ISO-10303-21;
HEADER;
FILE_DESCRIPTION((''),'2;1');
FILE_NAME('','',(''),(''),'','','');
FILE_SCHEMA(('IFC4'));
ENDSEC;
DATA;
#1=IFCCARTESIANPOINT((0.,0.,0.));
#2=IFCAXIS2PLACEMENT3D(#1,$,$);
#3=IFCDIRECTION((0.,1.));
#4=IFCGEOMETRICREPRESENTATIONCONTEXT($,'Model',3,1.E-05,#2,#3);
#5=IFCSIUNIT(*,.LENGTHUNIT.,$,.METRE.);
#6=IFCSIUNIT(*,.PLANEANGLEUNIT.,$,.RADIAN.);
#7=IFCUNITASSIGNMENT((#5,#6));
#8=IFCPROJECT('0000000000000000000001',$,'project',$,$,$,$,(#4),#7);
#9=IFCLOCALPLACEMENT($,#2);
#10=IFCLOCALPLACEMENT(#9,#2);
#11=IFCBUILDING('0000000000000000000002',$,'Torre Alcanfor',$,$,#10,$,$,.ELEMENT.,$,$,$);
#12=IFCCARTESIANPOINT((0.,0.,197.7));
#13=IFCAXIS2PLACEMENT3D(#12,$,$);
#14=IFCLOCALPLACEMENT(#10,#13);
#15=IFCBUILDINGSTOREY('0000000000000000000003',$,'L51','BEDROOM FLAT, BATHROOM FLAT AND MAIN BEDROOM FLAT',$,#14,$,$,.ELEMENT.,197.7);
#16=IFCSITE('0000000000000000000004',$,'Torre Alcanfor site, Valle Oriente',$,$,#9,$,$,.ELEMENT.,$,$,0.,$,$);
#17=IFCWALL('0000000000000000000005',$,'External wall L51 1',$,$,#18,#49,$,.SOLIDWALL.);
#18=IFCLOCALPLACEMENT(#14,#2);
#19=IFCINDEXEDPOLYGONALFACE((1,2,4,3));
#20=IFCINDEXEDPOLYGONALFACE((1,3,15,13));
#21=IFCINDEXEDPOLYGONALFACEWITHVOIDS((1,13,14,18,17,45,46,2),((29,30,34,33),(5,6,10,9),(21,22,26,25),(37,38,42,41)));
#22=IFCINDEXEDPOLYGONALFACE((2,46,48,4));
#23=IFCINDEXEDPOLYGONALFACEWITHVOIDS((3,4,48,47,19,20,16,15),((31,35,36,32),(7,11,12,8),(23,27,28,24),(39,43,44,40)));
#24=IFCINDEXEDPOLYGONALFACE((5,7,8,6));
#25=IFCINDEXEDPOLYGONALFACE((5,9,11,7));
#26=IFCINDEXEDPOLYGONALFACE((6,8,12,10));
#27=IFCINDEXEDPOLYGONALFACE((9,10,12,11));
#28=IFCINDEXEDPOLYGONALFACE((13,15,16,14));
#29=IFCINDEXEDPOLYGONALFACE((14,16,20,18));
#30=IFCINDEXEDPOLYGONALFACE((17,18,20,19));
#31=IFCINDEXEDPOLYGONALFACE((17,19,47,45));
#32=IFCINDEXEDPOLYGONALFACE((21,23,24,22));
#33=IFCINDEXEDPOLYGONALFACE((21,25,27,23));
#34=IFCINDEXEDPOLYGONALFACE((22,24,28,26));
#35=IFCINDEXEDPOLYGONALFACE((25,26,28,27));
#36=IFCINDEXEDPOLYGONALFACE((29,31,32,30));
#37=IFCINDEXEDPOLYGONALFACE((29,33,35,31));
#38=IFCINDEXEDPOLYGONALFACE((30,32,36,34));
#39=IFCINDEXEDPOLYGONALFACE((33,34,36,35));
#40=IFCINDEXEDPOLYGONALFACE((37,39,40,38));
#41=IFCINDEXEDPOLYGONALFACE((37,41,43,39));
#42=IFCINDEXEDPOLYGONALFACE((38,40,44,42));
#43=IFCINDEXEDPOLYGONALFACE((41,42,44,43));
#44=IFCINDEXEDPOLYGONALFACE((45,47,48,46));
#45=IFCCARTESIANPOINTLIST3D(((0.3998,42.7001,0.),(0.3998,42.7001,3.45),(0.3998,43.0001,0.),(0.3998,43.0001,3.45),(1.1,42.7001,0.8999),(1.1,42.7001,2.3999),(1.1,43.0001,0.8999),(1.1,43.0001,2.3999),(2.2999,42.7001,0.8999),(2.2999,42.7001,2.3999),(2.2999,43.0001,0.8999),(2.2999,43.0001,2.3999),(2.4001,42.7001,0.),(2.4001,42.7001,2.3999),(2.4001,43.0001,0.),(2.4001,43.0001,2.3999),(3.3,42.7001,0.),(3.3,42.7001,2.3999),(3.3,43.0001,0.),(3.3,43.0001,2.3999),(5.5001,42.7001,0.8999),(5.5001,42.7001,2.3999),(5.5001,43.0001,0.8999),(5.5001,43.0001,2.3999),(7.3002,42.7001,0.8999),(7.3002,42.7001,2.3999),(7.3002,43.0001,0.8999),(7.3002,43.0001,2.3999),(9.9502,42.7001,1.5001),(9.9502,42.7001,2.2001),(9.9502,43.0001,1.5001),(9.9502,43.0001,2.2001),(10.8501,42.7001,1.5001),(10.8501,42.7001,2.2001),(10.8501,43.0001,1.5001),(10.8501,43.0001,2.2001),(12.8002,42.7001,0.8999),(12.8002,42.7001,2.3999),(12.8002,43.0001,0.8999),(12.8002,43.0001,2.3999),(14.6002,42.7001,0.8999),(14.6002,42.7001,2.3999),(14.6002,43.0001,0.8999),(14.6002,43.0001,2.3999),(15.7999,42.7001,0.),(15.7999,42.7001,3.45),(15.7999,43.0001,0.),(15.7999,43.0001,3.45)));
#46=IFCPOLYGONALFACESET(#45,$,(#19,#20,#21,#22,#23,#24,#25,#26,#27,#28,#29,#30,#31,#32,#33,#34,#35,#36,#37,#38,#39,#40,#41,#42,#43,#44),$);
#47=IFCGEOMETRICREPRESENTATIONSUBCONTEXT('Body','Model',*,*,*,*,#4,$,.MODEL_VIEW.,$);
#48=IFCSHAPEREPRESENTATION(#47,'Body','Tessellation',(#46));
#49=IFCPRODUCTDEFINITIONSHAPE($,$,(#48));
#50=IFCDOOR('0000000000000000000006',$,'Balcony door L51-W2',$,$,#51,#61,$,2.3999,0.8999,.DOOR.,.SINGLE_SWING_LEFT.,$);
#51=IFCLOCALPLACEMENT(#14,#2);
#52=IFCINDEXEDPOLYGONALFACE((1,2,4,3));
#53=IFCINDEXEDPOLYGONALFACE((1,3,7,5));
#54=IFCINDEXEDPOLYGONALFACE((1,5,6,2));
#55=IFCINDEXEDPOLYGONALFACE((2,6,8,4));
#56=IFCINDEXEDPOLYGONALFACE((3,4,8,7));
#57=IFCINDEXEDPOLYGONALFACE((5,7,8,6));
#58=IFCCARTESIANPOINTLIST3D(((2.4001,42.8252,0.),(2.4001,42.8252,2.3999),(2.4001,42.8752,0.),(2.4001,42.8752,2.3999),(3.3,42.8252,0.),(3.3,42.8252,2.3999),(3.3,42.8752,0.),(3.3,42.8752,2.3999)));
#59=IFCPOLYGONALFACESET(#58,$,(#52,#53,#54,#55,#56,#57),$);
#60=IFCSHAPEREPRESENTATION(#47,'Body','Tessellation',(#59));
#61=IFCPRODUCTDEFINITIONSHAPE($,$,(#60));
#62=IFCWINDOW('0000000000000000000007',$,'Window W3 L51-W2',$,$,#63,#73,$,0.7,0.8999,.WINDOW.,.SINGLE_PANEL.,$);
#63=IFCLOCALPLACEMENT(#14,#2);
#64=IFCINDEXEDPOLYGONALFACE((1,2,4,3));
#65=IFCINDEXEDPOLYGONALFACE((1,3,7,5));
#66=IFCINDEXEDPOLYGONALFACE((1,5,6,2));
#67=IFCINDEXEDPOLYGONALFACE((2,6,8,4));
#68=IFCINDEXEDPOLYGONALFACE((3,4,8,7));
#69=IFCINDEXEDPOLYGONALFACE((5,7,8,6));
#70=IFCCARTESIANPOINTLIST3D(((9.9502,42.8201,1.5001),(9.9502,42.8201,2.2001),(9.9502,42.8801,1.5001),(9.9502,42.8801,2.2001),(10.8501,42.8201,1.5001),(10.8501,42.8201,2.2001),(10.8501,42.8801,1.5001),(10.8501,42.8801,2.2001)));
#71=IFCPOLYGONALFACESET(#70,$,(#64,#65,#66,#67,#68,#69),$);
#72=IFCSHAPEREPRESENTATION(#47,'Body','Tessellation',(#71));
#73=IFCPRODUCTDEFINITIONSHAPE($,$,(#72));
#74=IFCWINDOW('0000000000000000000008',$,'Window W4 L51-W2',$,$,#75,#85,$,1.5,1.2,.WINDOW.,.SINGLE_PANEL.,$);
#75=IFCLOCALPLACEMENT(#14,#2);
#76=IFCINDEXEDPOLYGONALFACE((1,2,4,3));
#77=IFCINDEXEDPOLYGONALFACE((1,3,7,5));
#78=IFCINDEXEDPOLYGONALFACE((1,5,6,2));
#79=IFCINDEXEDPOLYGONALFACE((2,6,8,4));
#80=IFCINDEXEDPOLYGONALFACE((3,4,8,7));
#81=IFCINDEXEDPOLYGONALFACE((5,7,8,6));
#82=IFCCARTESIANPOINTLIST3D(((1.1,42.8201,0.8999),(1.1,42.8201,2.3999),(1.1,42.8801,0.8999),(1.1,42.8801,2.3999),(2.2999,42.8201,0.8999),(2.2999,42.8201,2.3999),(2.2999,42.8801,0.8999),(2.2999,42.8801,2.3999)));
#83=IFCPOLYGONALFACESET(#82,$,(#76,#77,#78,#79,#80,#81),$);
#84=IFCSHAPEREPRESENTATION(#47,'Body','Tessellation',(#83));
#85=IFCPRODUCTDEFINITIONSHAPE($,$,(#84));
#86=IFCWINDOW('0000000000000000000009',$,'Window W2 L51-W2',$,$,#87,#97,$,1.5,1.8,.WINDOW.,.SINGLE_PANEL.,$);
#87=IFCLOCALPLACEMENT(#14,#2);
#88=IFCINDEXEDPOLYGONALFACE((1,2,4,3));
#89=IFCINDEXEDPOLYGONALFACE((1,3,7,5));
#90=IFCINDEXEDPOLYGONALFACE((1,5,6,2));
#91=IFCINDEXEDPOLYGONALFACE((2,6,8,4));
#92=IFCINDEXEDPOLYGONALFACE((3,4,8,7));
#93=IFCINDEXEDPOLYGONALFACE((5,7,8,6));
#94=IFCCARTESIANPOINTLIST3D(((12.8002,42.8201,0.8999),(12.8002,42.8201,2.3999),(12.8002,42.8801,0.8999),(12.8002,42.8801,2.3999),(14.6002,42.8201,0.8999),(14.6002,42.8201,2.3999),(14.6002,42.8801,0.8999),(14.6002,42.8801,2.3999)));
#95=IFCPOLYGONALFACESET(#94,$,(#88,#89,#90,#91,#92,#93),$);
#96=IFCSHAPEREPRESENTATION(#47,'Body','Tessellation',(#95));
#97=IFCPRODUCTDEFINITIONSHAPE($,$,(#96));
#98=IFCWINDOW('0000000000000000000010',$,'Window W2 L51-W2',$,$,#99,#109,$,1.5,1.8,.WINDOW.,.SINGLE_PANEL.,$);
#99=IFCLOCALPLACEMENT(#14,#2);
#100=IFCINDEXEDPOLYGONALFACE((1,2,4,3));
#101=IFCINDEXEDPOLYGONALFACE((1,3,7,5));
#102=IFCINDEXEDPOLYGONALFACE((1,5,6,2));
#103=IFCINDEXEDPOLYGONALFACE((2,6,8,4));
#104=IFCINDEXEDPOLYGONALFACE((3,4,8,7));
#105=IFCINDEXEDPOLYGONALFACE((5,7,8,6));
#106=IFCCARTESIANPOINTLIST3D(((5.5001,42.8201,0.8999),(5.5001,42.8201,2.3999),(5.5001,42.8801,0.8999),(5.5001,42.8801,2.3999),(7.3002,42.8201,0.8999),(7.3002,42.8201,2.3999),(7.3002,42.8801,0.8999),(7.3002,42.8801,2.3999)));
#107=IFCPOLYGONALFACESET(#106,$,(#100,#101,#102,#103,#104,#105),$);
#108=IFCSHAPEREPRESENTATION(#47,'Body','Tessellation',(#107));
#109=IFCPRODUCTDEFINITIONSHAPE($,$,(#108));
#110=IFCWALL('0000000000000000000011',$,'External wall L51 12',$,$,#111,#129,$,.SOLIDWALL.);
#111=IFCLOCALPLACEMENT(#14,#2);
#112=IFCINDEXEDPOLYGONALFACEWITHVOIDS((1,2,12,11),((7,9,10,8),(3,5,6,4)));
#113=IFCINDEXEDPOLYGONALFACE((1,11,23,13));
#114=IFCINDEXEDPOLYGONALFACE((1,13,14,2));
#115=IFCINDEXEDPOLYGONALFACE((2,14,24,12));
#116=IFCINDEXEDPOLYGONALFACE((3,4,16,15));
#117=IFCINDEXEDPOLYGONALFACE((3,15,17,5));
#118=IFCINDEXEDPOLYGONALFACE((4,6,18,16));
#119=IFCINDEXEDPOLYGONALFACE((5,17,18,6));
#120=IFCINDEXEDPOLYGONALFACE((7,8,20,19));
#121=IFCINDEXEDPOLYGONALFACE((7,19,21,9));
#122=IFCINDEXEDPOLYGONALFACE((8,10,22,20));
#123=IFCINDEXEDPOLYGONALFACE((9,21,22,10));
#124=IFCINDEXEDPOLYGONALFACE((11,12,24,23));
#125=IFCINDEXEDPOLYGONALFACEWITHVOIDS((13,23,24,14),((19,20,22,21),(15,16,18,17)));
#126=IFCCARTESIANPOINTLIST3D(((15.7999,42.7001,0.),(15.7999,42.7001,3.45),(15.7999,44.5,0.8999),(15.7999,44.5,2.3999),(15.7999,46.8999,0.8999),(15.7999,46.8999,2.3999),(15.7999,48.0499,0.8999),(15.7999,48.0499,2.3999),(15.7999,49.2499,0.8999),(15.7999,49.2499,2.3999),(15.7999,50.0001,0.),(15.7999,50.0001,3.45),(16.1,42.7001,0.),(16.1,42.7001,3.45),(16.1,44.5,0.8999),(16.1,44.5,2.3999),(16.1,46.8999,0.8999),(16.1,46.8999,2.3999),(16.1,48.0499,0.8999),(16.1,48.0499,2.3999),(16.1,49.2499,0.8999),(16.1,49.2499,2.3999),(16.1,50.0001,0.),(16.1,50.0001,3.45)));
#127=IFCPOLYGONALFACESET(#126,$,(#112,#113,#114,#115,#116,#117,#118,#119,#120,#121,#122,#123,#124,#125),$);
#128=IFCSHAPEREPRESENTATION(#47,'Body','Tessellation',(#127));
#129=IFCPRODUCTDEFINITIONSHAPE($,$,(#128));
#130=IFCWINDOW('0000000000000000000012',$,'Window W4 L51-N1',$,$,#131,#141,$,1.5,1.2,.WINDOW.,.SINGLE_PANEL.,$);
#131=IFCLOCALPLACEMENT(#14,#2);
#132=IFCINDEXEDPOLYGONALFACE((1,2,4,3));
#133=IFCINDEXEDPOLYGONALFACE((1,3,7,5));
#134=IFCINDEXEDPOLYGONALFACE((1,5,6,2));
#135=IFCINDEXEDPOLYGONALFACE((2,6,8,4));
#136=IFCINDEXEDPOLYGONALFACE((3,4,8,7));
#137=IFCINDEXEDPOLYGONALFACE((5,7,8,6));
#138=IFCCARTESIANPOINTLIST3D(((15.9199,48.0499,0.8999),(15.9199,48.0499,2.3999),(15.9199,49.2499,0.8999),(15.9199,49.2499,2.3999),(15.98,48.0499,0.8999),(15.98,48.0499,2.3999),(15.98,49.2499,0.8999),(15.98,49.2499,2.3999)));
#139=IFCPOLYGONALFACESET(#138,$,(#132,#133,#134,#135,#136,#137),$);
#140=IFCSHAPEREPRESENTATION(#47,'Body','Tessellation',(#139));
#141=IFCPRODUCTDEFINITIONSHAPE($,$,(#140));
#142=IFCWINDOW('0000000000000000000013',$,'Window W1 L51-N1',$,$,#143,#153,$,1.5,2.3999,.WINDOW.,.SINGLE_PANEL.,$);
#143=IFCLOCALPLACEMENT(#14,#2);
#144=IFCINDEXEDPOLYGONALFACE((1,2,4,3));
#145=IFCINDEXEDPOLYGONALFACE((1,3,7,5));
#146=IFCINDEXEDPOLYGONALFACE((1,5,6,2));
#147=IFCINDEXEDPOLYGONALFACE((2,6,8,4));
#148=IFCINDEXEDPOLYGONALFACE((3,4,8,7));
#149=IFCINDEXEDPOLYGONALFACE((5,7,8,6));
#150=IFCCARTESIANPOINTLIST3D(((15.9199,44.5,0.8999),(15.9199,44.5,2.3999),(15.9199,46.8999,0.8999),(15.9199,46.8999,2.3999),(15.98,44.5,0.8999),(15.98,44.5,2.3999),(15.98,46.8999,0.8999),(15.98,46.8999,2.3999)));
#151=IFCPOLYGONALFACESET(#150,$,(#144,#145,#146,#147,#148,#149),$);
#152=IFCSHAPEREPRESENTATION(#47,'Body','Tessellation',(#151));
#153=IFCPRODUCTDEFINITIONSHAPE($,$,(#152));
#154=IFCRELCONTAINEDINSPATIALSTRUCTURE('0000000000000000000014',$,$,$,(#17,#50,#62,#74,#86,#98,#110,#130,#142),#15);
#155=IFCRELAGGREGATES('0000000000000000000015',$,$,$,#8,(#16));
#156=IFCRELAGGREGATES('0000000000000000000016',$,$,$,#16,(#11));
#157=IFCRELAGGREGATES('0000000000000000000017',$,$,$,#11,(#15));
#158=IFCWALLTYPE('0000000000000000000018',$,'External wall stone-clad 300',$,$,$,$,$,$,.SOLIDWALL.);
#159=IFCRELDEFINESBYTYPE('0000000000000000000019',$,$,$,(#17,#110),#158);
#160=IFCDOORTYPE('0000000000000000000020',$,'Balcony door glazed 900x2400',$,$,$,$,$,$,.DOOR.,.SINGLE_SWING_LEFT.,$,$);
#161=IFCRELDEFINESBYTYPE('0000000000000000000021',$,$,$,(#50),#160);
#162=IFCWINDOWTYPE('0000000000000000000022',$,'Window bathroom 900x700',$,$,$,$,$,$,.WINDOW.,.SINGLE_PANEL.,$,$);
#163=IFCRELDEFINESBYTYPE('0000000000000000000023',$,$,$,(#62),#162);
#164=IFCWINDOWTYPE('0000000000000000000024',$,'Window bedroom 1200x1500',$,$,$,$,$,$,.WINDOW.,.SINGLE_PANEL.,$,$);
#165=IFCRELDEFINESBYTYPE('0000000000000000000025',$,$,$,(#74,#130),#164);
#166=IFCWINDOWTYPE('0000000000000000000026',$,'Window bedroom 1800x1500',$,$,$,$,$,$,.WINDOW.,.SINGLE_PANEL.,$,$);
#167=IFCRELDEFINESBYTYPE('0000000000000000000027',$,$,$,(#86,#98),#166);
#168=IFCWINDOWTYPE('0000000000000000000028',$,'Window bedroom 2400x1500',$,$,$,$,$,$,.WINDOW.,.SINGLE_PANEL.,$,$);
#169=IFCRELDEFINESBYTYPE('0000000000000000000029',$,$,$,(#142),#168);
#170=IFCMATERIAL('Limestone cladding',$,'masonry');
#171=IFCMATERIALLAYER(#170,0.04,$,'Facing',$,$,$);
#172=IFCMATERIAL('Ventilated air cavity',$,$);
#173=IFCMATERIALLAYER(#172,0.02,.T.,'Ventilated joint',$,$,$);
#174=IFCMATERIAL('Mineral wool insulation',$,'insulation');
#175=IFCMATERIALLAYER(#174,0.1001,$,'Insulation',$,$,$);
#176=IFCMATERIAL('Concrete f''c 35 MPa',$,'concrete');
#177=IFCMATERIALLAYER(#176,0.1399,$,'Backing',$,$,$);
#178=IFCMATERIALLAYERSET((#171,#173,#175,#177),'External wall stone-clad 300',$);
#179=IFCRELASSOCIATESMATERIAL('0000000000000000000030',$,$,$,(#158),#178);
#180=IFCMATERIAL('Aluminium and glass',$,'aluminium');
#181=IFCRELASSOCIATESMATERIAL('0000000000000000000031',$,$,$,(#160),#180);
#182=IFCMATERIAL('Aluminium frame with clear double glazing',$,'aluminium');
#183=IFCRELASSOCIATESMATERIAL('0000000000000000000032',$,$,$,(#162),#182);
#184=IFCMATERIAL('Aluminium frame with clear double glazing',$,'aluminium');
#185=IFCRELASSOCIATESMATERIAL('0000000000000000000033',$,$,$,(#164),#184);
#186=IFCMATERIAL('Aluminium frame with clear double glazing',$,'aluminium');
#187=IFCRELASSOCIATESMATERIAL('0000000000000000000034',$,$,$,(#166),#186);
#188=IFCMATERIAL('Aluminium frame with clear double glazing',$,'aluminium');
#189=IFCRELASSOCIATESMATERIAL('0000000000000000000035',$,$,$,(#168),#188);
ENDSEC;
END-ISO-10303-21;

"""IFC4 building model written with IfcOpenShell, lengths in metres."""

from ifc_helpers import new_model, si_unit, direction, frame, frame_2d, origin, place, context, subcontext, project, spatial, rectangle, extrude, material, layer, layer_set, type_object, element, fill, save


model = new_model("IFC4")

# Units and contexts
model_context = context("Model", 3, precision=1e-05, world=origin(), true_north=direction((0.0, 1.0)))
body_context = subcontext(model_context, "Body", "Model", "MODEL_VIEW")
ifc_project = project(units=[si_unit("LENGTHUNIT", "METRE"), si_unit("PLANEANGLEUNIT", "RADIAN")], contexts=[model_context])

# Site, building, storey
site_placement = place(None, origin())
site = spatial("IfcSite", under=ifc_project, at=site_placement, Name="Torre Alcanfor site, Valle Oriente", CompositionType="ELEMENT", RefElevation=0.0)
building_placement = place(site_placement, origin())
building = spatial("IfcBuilding", under=site, at=building_placement, Name="Torre Alcanfor", CompositionType="ELEMENT")
storey_placement = place(building_placement, frame((0.0, 0.0, 197.7)))
storey = spatial("IfcBuildingStorey", under=building, at=storey_placement, Name="L51", Description="BEDROOM FLAT, BATHROOM FLAT AND MAIN BEDROOM FLAT", CompositionType="ELEMENT", Elevation=197.7)

# Wall, openings, door, windows
ifc_material_1 = material(Name="Limestone cladding", Category="masonry")
ifc_layer_1 = layer(ifc_material_1, 0.04, Name="Facing")
ifc_material_2 = material(Name="Ventilated air cavity")
ifc_layer_2 = layer(ifc_material_2, 0.02, ventilated=True, Name="Ventilated joint")
ifc_material_3 = material(Name="Mineral wool insulation", Category="insulation")
ifc_layer_3 = layer(ifc_material_3, 0.1001, Name="Insulation")
ifc_material_4 = material(Name="Concrete f'c 35 MPa", Category="concrete")
ifc_layer_4 = layer(ifc_material_4, 0.1399, Name="Backing")
ifc_layer_set_1 = layer_set([ifc_layer_1, ifc_layer_2, ifc_layer_3, ifc_layer_4], Name="External wall stone-clad 300")
wall_type_1 = type_object("IfcWallType", Name="External wall stone-clad 300", PredefinedType="SOLIDWALL", material=ifc_layer_set_1)
wall_1_placement = place(storey_placement, frame((15.8, 42.8501, 0.0), z_axis=(0.0, 0.0, 1.0), x_axis=(-1.0, 0.0, 0.0)))
wall_1 = element("IfcWall", 1, at=wall_1_placement, inside=storey, type_object=wall_type_1, Name="External wall L51 1", PredefinedType="SOLIDWALL", context=body_context, shape_type="SweptSolid", body=[
    extrude(rectangle(XDim=15.4001, YDim=0.3, at=frame_2d((7.7002, 0.0))), origin(), (0.0, 0.0, 1.0), 3.45),
])
opening_1_placement = place(wall_1_placement, frame((1.2, 0.0, 0.8999)))
opening_1 = element("IfcOpeningElement", 2, at=opening_1_placement, cuts=wall_1, PredefinedType="OPENING", context=body_context, shape_type="SweptSolid", body=[
    extrude(rectangle(XDim=1.8, YDim=1.5, at=frame_2d((0.8999, 0.75))), frame((0.0, 0.1599, 0.0), z_axis=(0.0, -1.0, 0.0), x_axis=(1.0, 0.0, 0.0)), (0.0, 0.0, 1.0), 0.3201),
])
opening_2_placement = place(wall_1_placement, frame((4.95, 0.0, 1.5)))
opening_2 = element("IfcOpeningElement", 3, at=opening_2_placement, cuts=wall_1, PredefinedType="OPENING", context=body_context, shape_type="SweptSolid", body=[
    extrude(rectangle(XDim=0.8999, YDim=0.7, at=frame_2d((0.45, 0.3501))), frame((0.0, 0.1599, 0.0), z_axis=(0.0, -1.0, 0.0), x_axis=(1.0, 0.0, 0.0)), (0.0, 0.0, 1.0), 0.3201),
])
opening_3_placement = place(wall_1_placement, frame((8.5, 0.0, 0.8999)))
opening_3 = element("IfcOpeningElement", 4, at=opening_3_placement, cuts=wall_1, PredefinedType="OPENING", context=body_context, shape_type="SweptSolid", body=[
    extrude(rectangle(XDim=1.8, YDim=1.5, at=frame_2d((0.8999, 0.75))), frame((0.0, 0.1599, 0.0), z_axis=(0.0, -1.0, 0.0), x_axis=(1.0, 0.0, 0.0)), (0.0, 0.0, 1.0), 0.3201),
])
opening_4_placement = place(wall_1_placement, frame((12.5, 0.0, 0.0)))
opening_4 = element("IfcOpeningElement", 5, at=opening_4_placement, cuts=wall_1, PredefinedType="OPENING", context=body_context, shape_type="SweptSolid", body=[
    extrude(rectangle(XDim=0.8999, YDim=2.3999, at=frame_2d((0.45, 1.2))), frame((0.0, 0.1599, 0.0), z_axis=(0.0, -1.0, 0.0), x_axis=(1.0, 0.0, 0.0)), (0.0, 0.0, 1.0), 0.3201),
])
opening_5_placement = place(wall_1_placement, frame((13.5, 0.0, 0.8999)))
opening_5 = element("IfcOpeningElement", 6, at=opening_5_placement, cuts=wall_1, PredefinedType="OPENING", context=body_context, shape_type="SweptSolid", body=[
    extrude(rectangle(XDim=1.2, YDim=1.5, at=frame_2d((0.6001, 0.75))), frame((0.0, 0.1599, 0.0), z_axis=(0.0, -1.0, 0.0), x_axis=(1.0, 0.0, 0.0)), (0.0, 0.0, 1.0), 0.3201),
])
ifc_material_5 = material(Name="Aluminium and glass", Category="aluminium")
door_type = type_object("IfcDoorType", Name="Balcony door glazed 900x2400", OperationType="SINGLE_SWING_LEFT", PredefinedType="DOOR", material=ifc_material_5)
door_placement = place(opening_4_placement, origin())
door = element("IfcDoor", 7, at=door_placement, inside=storey, type_object=door_type, Name="Balcony door L51-W2", OperationType="SINGLE_SWING_LEFT", OverallHeight=2.3999, OverallWidth=0.8999, PredefinedType="DOOR", context=body_context, shape_type="SweptSolid", body=[
    extrude(rectangle(XDim=0.8999, YDim=2.3999, at=frame_2d((0.45, 1.2))), frame((0.0, 0.0249, 0.0), z_axis=(0.0, -1.0, 0.0), x_axis=(1.0, 0.0, 0.0)), (0.0, 0.0, 1.0), 0.05),
])
fill(opening_4, door)
ifc_material_6 = material(Name="Aluminium frame with clear double glazing", Category="aluminium")
window_type_1 = type_object("IfcWindowType", Name="Window bathroom 900x700", PartitioningType="SINGLE_PANEL", PredefinedType="WINDOW", material=ifc_material_6)
window_1_placement = place(opening_2_placement, origin())
window_1 = element("IfcWindow", 8, at=window_1_placement, inside=storey, type_object=window_type_1, Name="Window W3 L51-W2", OverallHeight=0.7, OverallWidth=0.8999, PartitioningType="SINGLE_PANEL", PredefinedType="WINDOW", context=body_context, shape_type="SweptSolid", body=[
    extrude(rectangle(XDim=0.8999, YDim=0.7, at=frame_2d((0.45, 0.3501))), frame((0.0, 0.03, 0.0), z_axis=(0.0, -1.0, 0.0), x_axis=(1.0, 0.0, 0.0)), (0.0, 0.0, 1.0), 0.0601),
])
fill(opening_2, window_1)
ifc_material_7 = material(Name="Aluminium frame with clear double glazing", Category="aluminium")
window_type_2 = type_object("IfcWindowType", Name="Window bedroom 1200x1500", PartitioningType="SINGLE_PANEL", PredefinedType="WINDOW", material=ifc_material_7)
window_2_placement = place(opening_5_placement, origin())
window_2 = element("IfcWindow", 9, at=window_2_placement, inside=storey, type_object=window_type_2, Name="Window W4 L51-W2", OverallHeight=1.5, OverallWidth=1.2, PartitioningType="SINGLE_PANEL", PredefinedType="WINDOW", context=body_context, shape_type="SweptSolid", body=[
    extrude(rectangle(XDim=1.2, YDim=1.5, at=frame_2d((0.6001, 0.75))), frame((0.0, 0.03, 0.0), z_axis=(0.0, -1.0, 0.0), x_axis=(1.0, 0.0, 0.0)), (0.0, 0.0, 1.0), 0.0601),
])
fill(opening_5, window_2)
ifc_material_8 = material(Name="Aluminium frame with clear double glazing", Category="aluminium")
window_type_3 = type_object("IfcWindowType", Name="Window bedroom 1800x1500", PartitioningType="SINGLE_PANEL", PredefinedType="WINDOW", material=ifc_material_8)
window_3_placement = place(opening_1_placement, origin())
window_3 = element("IfcWindow", 10, at=window_3_placement, inside=storey, type_object=window_type_3, Name="Window W2 L51-W2", OverallHeight=1.5, OverallWidth=1.8, PartitioningType="SINGLE_PANEL", PredefinedType="WINDOW", context=body_context, shape_type="SweptSolid", body=[
    extrude(rectangle(XDim=1.8, YDim=1.5, at=frame_2d((0.8999, 0.75))), frame((0.0, 0.03, 0.0), z_axis=(0.0, -1.0, 0.0), x_axis=(1.0, 0.0, 0.0)), (0.0, 0.0, 1.0), 0.0601),
])
fill(opening_1, window_3)
window_4_placement = place(opening_3_placement, origin())
window_4 = element("IfcWindow", 11, at=window_4_placement, inside=storey, type_object=window_type_3, Name="Window W2 L51-W2", OverallHeight=1.5, OverallWidth=1.8, PartitioningType="SINGLE_PANEL", PredefinedType="WINDOW", context=body_context, shape_type="SweptSolid", body=[
    extrude(rectangle(XDim=1.8, YDim=1.5, at=frame_2d((0.8999, 0.75))), frame((0.0, 0.03, 0.0), z_axis=(0.0, -1.0, 0.0), x_axis=(1.0, 0.0, 0.0)), (0.0, 0.0, 1.0), 0.0601),
])
fill(opening_3, window_4)

# Wall, openings, windows
wall_2_placement = place(storey_placement, frame((15.95, 50.0, 0.0), z_axis=(0.0, 0.0, 1.0), x_axis=(0.0, -1.0, 0.0)))
wall_2 = element("IfcWall", 12, at=wall_2_placement, inside=storey, type_object=wall_type_1, Name="External wall L51 12", PredefinedType="SOLIDWALL", context=body_context, shape_type="SweptSolid", body=[
    extrude(rectangle(XDim=7.3, YDim=0.3, at=frame_2d((3.6499, 0.0))), origin(), (0.0, 0.0, 1.0), 3.45),
])
opening_6_placement = place(wall_2_placement, frame((3.1001, 0.0, 0.8999)))
opening_6 = element("IfcOpeningElement", 13, at=opening_6_placement, cuts=wall_2, PredefinedType="OPENING", context=body_context, shape_type="SweptSolid", body=[
    extrude(rectangle(XDim=2.3999, YDim=1.5, at=frame_2d((1.2, 0.75))), frame((0.0, 0.1599, 0.0), z_axis=(0.0, -1.0, 0.0), x_axis=(1.0, 0.0, 0.0)), (0.0, 0.0, 1.0), 0.3201),
])
opening_7_placement = place(wall_2_placement, frame((0.75, 0.0, 0.8999)))
opening_7 = element("IfcOpeningElement", 14, at=opening_7_placement, cuts=wall_2, PredefinedType="OPENING", context=body_context, shape_type="SweptSolid", body=[
    extrude(rectangle(XDim=1.2, YDim=1.5, at=frame_2d((0.6001, 0.75))), frame((0.0, 0.1599, 0.0), z_axis=(0.0, -1.0, 0.0), x_axis=(1.0, 0.0, 0.0)), (0.0, 0.0, 1.0), 0.3201),
])
window_5_placement = place(opening_7_placement, origin())
window_5 = element("IfcWindow", 15, at=window_5_placement, inside=storey, type_object=window_type_2, Name="Window W4 L51-N1", OverallHeight=1.5, OverallWidth=1.2, PartitioningType="SINGLE_PANEL", PredefinedType="WINDOW", context=body_context, shape_type="SweptSolid", body=[
    extrude(rectangle(XDim=1.2, YDim=1.5, at=frame_2d((0.6001, 0.75))), frame((0.0, 0.03, 0.0), z_axis=(0.0, -1.0, 0.0), x_axis=(1.0, 0.0, 0.0)), (0.0, 0.0, 1.0), 0.0601),
])
fill(opening_7, window_5)
ifc_material_9 = material(Name="Aluminium frame with clear double glazing", Category="aluminium")
window_type_4 = type_object("IfcWindowType", Name="Window bedroom 2400x1500", PartitioningType="SINGLE_PANEL", PredefinedType="WINDOW", material=ifc_material_9)
window_6_placement = place(opening_6_placement, origin())
window_6 = element("IfcWindow", 16, at=window_6_placement, inside=storey, type_object=window_type_4, Name="Window W1 L51-N1", OverallHeight=1.5, OverallWidth=2.3999, PartitioningType="SINGLE_PANEL", PredefinedType="WINDOW", context=body_context, shape_type="SweptSolid", body=[
    extrude(rectangle(XDim=2.3999, YDim=1.5, at=frame_2d((1.2, 0.75))), frame((0.0, 0.03, 0.0), z_axis=(0.0, -1.0, 0.0), x_axis=(1.0, 0.0, 0.0)), (0.0, 0.0, 1.0), 0.0601),
])
fill(opening_6, window_6)

save(model, "model.ifc")
